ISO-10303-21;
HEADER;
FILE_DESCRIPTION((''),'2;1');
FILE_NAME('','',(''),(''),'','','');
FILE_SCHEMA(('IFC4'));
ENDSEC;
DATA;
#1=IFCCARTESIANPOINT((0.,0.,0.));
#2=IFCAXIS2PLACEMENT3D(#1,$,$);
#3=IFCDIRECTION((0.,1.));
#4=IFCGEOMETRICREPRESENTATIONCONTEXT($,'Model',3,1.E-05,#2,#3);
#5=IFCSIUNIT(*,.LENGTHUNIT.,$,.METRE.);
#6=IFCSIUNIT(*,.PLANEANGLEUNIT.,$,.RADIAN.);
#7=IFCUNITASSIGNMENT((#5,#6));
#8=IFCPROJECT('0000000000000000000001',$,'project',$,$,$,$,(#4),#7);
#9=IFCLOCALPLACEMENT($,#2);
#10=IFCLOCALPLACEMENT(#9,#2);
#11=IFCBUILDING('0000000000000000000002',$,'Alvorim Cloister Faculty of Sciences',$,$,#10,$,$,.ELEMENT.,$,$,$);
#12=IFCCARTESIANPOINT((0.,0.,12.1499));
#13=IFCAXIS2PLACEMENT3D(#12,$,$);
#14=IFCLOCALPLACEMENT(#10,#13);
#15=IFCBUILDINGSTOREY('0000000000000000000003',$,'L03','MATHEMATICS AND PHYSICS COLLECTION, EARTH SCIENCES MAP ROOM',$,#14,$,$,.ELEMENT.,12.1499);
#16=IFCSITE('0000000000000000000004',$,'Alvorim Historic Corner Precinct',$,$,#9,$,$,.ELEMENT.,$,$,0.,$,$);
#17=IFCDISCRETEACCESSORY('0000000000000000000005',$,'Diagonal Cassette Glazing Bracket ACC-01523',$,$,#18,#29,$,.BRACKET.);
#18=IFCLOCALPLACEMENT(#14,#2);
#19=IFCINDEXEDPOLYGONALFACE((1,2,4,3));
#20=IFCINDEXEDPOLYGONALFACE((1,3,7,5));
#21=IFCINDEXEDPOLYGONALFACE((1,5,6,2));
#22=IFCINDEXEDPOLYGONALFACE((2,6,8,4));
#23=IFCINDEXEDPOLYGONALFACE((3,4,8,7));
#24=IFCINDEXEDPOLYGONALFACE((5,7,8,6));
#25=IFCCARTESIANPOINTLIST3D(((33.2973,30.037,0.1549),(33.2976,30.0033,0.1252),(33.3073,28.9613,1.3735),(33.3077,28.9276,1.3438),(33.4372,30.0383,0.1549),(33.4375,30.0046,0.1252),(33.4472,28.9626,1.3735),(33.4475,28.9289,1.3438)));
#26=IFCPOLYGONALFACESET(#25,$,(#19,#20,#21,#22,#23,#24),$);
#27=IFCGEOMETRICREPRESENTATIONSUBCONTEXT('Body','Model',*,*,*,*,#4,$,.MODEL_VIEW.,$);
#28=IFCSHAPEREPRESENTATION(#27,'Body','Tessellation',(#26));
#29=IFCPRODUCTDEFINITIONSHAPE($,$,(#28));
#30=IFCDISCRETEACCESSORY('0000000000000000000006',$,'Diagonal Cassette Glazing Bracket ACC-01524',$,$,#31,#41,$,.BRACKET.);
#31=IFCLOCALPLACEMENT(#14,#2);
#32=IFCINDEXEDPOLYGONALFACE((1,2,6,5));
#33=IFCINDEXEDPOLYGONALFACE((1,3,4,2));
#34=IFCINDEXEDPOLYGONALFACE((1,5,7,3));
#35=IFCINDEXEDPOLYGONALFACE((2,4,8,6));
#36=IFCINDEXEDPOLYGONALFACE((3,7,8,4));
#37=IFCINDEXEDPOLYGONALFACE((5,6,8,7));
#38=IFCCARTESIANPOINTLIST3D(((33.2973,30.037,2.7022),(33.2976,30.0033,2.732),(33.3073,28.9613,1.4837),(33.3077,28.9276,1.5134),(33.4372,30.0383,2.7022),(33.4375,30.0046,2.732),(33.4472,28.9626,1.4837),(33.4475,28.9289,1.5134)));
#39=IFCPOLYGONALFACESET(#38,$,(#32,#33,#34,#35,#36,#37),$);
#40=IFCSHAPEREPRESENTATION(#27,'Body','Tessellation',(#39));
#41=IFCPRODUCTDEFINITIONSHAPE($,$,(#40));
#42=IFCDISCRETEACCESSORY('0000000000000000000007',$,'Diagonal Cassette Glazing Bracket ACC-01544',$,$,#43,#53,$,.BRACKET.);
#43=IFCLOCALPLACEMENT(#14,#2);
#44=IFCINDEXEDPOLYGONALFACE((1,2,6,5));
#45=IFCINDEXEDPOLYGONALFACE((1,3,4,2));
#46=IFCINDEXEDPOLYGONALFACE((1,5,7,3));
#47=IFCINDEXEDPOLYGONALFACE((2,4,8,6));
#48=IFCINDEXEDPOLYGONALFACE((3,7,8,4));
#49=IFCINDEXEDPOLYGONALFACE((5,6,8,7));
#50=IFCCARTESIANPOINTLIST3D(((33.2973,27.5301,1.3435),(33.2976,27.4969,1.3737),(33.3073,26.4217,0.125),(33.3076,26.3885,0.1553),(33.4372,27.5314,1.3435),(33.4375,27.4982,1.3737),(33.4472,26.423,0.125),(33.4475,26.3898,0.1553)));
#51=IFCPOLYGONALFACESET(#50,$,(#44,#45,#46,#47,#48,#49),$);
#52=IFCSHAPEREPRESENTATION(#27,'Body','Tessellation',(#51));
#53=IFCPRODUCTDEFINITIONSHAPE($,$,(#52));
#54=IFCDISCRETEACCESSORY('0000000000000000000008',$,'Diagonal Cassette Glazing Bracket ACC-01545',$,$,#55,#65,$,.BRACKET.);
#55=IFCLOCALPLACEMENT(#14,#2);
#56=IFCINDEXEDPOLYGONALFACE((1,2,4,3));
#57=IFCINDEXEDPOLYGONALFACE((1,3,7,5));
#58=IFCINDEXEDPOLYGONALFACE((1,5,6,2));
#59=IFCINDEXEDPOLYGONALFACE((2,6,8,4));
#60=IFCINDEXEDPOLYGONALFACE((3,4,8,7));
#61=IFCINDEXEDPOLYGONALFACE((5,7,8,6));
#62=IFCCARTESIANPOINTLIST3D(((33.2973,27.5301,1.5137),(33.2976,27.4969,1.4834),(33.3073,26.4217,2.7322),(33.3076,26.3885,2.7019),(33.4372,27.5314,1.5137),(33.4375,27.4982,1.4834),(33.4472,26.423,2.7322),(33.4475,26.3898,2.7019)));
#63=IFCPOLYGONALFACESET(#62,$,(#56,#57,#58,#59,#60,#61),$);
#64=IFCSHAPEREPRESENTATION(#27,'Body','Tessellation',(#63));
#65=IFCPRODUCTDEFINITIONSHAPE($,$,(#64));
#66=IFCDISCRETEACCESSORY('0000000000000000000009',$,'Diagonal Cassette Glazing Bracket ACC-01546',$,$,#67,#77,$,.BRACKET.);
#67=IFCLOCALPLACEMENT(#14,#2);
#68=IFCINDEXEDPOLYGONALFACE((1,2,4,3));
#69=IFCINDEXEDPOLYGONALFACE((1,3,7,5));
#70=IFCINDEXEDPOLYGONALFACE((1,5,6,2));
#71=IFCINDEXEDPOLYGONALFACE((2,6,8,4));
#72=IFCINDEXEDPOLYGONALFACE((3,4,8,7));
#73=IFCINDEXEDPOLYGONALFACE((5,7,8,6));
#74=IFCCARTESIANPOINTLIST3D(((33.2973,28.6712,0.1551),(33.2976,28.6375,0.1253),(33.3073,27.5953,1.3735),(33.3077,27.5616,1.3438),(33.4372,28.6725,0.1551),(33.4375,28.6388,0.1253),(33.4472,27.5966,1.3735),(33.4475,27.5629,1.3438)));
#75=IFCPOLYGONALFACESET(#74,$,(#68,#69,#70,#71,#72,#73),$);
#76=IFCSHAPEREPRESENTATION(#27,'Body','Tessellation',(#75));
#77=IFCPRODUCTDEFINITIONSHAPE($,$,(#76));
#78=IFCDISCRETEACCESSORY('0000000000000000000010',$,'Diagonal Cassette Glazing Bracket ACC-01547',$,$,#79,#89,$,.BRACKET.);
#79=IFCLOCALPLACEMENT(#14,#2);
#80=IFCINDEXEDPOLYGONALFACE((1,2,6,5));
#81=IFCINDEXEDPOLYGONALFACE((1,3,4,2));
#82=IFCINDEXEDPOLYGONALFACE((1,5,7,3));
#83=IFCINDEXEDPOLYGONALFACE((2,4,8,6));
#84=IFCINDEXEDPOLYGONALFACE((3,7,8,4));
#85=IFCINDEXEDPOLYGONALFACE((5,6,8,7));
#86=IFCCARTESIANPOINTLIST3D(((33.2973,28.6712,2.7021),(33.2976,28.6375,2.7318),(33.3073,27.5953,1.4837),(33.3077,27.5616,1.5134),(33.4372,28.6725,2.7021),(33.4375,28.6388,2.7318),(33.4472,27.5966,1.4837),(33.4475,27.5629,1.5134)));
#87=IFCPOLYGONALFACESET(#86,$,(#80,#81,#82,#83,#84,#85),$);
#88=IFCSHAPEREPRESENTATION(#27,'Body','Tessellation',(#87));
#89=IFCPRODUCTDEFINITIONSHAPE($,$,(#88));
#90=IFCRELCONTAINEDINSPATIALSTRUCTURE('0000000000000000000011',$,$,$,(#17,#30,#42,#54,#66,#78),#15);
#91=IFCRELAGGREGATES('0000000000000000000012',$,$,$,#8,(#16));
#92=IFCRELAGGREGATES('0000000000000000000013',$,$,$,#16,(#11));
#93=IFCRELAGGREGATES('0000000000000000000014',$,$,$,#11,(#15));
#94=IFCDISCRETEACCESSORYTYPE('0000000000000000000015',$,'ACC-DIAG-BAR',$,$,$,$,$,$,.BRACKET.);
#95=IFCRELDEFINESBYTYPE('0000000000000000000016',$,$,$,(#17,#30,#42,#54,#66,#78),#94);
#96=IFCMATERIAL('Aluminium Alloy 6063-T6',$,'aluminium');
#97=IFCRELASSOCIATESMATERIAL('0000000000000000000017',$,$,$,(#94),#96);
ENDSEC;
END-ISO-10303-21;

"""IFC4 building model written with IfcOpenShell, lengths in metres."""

from ifc_helpers import new_model, si_unit, direction, frame, origin, origin_2d, place, context, subcontext, project, spatial, rectangle, extrude, material, type_object, element, save


model = new_model("IFC4")

# Units and contexts
model_context = context("Model", 3, precision=1e-05, world=origin(), true_north=direction((0.0, 1.0)))
body_context = subcontext(model_context, "Body", "Model", "MODEL_VIEW")
ifc_project = project(units=[si_unit("LENGTHUNIT", "METRE"), si_unit("PLANEANGLEUNIT", "RADIAN")], contexts=[model_context])

# Site, building, storey
site_placement = place(None, origin())
site = spatial("IfcSite", under=ifc_project, at=site_placement, Name="Alvorim Historic Corner Precinct", CompositionType="ELEMENT", RefElevation=0.0)
building_placement = place(site_placement, origin())
building = spatial("IfcBuilding", under=site, at=building_placement, Name="Alvorim Cloister Faculty of Sciences", CompositionType="ELEMENT")
storey_placement = place(building_placement, frame((0.0, 0.0, 12.1499)))
storey = spatial("IfcBuildingStorey", under=building, at=storey_placement, Name="L03", Description="MATHEMATICS AND PHYSICS COLLECTION, EARTH SCIENCES MAP ROOM", CompositionType="ELEMENT", Elevation=12.1499)

# Shared definitions
ifc_material_1 = material(Name="Aluminium Alloy 6063-T6", Category="aluminium")

# Discrete accessories
discrete_accessory_type = type_object("IfcDiscreteAccessoryType", Name="ACC-DIAG-BAR", PredefinedType="BRACKET", material=ifc_material_1)
for number, where, z_axis, x_axis, name in (
    (1, (33.3774, 28.9451, 1.3586), (-0.006158, 0.661793, -0.749661), (-0.999957, -0.009305, 0.0), "Diagonal Cassette Glazing Bracket ACC-01523"),
    (2, (33.3774, 28.9451, 1.4985), (-0.006158, 0.661793, 0.749661), (-0.999957, -0.009305, 0.0), "Diagonal Cassette Glazing Bracket ACC-01524"),
):
    element("IfcDiscreteAccessory", number, at=place(storey_placement, frame(where, z_axis=z_axis, x_axis=x_axis)), inside=storey, type_object=discrete_accessory_type, Name=name, PredefinedType="BRACKET", context=body_context, shape_type="SweptSolid", body=[
        extrude(rectangle(XDim=0.1399, YDim=0.0449, at=origin_2d()), origin(), (0.0, 0.0, 1.0), 1.6255),
    ])
for number, where, z_axis, x_axis, name in (
    (3, (33.3774, 26.4058, 0.1401), (-0.006077, 0.672882, 0.739725), (-0.999959, -0.00903, 0.0), "Diagonal Cassette Glazing Bracket ACC-01544"),
    (4, (33.3774, 26.4058, 2.717), (-0.006077, 0.672882, -0.739725), (-0.999959, -0.00903, 0.0), "Diagonal Cassette Glazing Bracket ACC-01545"),
):
    element("IfcDiscreteAccessory", number, at=place(storey_placement, frame(where, z_axis=z_axis, x_axis=x_axis)), inside=storey, type_object=discrete_accessory_type, Name=name, PredefinedType="BRACKET", context=body_context, shape_type="SweptSolid", body=[
        extrude(rectangle(XDim=0.1399, YDim=0.0449, at=origin_2d()), origin(), (0.0, 0.0, 1.0), 1.6472),
    ])
for number, where, z_axis, x_axis, name in (
    (5, (33.3774, 27.5791, 1.3586), (-0.006158, 0.661877, -0.749587), (-0.999957, -0.009303, 0.0), "Diagonal Cassette Glazing Bracket ACC-01546"),
    (6, (33.3774, 27.5791, 1.4985), (-0.006158, 0.661877, 0.749587), (-0.999957, -0.009303, 0.0), "Diagonal Cassette Glazing Bracket ACC-01547"),
):
    element("IfcDiscreteAccessory", number, at=place(storey_placement, frame(where, z_axis=z_axis, x_axis=x_axis)), inside=storey, type_object=discrete_accessory_type, Name=name, PredefinedType="BRACKET", context=body_context, shape_type="SweptSolid", body=[
        extrude(rectangle(XDim=0.1399, YDim=0.0449, at=origin_2d()), origin(), (0.0, 0.0, 1.0), 1.6255),
    ])

save(model, "model.ifc")
